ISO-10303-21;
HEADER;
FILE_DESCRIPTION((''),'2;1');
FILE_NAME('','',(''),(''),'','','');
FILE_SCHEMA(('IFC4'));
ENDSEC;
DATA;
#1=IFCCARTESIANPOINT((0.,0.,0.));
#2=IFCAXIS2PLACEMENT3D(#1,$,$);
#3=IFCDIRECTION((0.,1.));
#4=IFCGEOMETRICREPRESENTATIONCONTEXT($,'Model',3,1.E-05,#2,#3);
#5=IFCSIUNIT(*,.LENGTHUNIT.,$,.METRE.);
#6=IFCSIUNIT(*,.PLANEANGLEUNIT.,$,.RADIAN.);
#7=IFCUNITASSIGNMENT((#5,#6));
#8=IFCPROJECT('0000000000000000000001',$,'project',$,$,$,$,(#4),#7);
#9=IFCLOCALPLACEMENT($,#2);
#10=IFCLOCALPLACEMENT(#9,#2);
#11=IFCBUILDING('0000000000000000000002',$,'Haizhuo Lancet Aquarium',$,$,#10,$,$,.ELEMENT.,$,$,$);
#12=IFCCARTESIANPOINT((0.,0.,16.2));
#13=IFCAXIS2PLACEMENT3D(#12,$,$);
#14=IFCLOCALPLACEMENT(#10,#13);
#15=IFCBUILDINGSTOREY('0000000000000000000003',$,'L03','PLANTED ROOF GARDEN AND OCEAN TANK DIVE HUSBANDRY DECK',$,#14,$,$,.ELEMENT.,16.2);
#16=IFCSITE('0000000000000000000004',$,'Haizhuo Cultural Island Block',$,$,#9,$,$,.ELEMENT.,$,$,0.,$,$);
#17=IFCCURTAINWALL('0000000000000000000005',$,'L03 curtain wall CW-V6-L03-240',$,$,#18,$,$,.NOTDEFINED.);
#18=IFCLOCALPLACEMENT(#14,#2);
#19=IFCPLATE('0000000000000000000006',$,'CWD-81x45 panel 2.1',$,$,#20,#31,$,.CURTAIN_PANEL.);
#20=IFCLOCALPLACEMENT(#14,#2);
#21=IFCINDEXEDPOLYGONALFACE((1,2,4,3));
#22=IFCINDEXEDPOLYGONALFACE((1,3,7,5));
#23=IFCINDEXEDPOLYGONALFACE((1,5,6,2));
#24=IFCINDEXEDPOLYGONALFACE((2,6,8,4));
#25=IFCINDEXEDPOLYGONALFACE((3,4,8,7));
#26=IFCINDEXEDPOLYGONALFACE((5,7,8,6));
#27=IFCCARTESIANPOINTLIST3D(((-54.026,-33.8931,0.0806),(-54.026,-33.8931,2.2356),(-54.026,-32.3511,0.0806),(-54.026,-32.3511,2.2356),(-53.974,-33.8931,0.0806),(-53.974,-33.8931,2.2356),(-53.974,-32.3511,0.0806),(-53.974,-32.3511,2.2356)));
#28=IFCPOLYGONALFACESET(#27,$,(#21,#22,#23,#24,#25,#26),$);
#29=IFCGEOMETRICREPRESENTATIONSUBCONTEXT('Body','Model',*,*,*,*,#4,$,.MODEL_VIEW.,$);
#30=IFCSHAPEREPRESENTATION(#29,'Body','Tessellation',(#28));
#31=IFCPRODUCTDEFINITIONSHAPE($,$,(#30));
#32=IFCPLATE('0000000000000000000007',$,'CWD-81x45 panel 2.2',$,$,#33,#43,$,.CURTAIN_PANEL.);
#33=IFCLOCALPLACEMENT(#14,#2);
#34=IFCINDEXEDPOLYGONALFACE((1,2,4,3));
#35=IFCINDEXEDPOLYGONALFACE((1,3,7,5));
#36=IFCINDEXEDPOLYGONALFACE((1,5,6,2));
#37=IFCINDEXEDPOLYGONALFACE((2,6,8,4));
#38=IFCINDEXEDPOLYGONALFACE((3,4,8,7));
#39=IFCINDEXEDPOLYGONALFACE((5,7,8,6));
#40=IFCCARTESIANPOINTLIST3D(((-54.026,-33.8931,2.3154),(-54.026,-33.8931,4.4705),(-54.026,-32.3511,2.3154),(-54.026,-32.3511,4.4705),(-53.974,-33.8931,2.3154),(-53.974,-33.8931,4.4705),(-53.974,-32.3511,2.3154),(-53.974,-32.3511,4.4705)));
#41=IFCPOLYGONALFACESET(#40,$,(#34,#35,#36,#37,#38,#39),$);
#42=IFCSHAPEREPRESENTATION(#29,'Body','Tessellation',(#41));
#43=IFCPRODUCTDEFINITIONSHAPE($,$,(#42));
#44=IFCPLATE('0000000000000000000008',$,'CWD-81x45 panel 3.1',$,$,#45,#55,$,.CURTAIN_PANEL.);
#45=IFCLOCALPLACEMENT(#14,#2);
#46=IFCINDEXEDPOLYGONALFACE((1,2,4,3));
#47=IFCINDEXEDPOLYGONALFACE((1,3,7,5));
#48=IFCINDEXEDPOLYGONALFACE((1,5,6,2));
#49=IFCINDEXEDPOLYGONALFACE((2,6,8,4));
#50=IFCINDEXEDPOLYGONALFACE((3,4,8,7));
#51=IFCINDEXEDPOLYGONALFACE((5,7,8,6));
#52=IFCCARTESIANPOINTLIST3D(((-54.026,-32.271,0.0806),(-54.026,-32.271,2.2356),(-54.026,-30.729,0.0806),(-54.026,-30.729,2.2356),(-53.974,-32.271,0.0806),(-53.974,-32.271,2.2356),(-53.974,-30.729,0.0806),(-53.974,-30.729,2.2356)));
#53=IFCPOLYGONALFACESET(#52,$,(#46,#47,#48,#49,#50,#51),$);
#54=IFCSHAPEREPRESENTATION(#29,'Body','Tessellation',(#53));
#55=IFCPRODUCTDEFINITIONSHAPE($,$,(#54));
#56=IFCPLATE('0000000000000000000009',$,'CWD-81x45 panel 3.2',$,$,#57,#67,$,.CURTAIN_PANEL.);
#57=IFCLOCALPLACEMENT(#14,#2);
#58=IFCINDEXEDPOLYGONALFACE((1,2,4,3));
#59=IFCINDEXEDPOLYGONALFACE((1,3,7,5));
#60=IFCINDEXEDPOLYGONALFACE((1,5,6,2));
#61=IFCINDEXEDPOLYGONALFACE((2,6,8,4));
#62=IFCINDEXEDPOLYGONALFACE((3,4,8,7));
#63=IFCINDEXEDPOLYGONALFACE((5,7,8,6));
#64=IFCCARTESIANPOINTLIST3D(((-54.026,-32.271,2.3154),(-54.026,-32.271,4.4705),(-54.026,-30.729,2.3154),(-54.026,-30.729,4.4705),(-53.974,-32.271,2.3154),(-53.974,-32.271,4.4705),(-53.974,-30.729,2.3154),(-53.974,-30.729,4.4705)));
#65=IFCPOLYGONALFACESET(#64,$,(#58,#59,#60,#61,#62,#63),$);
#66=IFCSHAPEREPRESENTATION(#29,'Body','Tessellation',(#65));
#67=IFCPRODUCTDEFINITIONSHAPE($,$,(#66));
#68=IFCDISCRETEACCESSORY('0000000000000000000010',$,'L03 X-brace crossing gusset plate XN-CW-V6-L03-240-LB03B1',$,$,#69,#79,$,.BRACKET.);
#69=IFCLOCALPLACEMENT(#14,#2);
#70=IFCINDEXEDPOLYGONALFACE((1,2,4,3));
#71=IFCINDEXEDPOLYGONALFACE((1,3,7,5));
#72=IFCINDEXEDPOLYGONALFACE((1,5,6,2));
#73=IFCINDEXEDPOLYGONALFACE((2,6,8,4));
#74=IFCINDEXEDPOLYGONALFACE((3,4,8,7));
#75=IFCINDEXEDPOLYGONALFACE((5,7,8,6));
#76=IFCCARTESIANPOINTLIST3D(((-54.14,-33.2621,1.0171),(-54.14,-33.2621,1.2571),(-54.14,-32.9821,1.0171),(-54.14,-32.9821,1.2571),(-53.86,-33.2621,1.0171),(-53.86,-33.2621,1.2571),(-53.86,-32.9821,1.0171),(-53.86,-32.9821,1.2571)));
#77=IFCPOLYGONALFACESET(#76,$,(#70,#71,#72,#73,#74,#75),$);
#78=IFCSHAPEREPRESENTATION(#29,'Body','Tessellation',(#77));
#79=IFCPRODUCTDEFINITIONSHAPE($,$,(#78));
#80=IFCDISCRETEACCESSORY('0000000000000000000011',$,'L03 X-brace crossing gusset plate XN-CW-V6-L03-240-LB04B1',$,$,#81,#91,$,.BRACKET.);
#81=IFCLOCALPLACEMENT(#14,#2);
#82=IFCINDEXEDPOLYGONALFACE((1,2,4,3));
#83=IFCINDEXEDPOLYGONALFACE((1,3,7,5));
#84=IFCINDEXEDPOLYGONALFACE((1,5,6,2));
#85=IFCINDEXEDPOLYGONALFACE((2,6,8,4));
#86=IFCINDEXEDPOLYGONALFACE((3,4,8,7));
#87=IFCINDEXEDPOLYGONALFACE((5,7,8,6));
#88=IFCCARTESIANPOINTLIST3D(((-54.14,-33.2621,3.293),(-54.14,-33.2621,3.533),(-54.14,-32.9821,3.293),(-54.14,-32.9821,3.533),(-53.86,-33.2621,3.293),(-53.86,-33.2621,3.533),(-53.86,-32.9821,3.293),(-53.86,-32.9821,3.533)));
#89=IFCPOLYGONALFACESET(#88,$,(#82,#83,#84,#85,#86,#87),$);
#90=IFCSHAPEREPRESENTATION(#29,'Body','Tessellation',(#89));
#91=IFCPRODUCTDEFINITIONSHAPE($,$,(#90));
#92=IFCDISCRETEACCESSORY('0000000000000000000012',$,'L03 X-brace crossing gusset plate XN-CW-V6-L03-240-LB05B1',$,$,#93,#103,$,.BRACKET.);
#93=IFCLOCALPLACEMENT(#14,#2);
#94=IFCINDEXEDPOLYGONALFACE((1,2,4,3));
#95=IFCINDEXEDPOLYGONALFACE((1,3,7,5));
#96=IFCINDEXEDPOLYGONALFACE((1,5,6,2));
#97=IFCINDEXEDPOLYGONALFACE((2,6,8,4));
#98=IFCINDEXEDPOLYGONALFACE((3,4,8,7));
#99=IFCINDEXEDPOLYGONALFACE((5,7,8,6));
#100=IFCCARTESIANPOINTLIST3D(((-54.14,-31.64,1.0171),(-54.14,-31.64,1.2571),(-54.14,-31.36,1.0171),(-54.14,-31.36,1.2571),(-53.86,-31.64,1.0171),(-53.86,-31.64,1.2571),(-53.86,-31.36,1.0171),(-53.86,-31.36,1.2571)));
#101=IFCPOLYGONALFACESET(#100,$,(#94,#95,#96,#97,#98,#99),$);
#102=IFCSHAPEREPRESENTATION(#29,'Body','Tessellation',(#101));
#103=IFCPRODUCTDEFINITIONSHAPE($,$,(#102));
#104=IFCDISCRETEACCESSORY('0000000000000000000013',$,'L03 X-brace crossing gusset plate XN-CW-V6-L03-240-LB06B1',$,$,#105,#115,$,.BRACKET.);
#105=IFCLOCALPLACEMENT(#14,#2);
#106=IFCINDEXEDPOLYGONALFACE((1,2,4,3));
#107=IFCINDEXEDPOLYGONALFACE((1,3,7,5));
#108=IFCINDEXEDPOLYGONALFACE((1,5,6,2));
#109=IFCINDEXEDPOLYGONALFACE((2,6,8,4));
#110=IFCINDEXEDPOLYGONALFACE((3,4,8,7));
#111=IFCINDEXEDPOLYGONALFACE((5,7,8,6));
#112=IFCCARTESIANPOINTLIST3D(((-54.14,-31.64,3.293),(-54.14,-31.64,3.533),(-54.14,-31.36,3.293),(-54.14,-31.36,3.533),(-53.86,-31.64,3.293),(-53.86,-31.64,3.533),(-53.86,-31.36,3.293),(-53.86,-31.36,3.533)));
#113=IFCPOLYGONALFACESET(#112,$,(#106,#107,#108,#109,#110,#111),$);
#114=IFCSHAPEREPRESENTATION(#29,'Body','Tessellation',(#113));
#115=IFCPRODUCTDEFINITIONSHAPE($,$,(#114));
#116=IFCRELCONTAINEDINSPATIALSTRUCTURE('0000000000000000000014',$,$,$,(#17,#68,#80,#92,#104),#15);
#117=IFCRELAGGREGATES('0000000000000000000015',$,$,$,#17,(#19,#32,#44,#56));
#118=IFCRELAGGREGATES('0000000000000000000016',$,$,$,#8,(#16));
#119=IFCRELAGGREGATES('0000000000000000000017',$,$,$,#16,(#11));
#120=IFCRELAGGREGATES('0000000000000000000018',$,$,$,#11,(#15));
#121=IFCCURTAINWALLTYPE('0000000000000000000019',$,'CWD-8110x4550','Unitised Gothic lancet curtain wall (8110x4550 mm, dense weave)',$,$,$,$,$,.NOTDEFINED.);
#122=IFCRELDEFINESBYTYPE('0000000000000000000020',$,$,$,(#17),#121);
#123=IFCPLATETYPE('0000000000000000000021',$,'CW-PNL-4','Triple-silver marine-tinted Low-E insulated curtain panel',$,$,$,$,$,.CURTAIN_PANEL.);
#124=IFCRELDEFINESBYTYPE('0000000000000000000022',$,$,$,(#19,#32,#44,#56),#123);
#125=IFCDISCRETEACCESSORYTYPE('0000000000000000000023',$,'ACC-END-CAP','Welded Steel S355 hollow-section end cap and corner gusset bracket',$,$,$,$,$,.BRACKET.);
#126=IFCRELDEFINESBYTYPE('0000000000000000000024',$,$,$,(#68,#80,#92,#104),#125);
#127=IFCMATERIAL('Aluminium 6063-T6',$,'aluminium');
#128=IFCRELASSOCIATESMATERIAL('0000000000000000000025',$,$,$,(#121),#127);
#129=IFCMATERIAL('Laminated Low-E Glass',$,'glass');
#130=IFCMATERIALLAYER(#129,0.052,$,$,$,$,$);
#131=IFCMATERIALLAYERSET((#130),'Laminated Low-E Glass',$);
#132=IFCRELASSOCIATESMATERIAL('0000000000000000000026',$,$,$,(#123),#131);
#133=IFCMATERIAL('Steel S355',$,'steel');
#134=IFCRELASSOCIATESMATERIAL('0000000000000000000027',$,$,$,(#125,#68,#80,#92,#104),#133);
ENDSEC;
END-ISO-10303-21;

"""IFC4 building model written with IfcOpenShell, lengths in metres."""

from ifc_helpers import new_model, si_unit, direction, frame, origin, origin_2d, place, context, subcontext, project, spatial, rectangle, extrude, material, layer, layer_set, type_object, element, aggregate, save


model = new_model("IFC4")

# Units and contexts
model_context = context("Model", 3, precision=1e-05, world=origin(), true_north=direction((0.0, 1.0)))
body_context = subcontext(model_context, "Body", "Model", "MODEL_VIEW")
ifc_project = project(units=[si_unit("LENGTHUNIT", "METRE"), si_unit("PLANEANGLEUNIT", "RADIAN")], contexts=[model_context])

# Site, building, storey
site_placement = place(None, origin())
site = spatial("IfcSite", under=ifc_project, at=site_placement, Name="Haizhuo Cultural Island Block", CompositionType="ELEMENT", RefElevation=0.0)
building_placement = place(site_placement, origin())
building = spatial("IfcBuilding", under=site, at=building_placement, Name="Haizhuo Lancet Aquarium", CompositionType="ELEMENT")
storey_placement = place(building_placement, frame((0.0, 0.0, 16.2)))
storey = spatial("IfcBuildingStorey", under=building, at=storey_placement, Name="L03", Description="PLANTED ROOF GARDEN AND OCEAN TANK DIVE HUSBANDRY DECK", CompositionType="ELEMENT", Elevation=16.2)

# Curtain wall
ifc_material_1 = material(Name="Aluminium 6063-T6", Category="aluminium")
curtain_wall_type = type_object("IfcCurtainWallType", Name="CWD-8110x4550", Description="Unitised Gothic lancet curtain wall (8110x4550 mm, dense weave)", PredefinedType="NOTDEFINED", material=ifc_material_1)
curtain_wall_placement = place(storey_placement, origin())
curtain_wall = element("IfcCurtainWall", 1, at=curtain_wall_placement, inside=storey, type_object=curtain_wall_type, Name="L03 curtain wall CW-V6-L03-240", PredefinedType="NOTDEFINED")

# Shared definitions
ifc_material_2 = material(Name="Steel S355", Category="steel")

# Plates
ifc_material_3 = material(Name="Laminated Low-E Glass", Category="glass")
ifc_layer = layer(ifc_material_3, 0.052)
ifc_layer_set = layer_set([ifc_layer], Name="Laminated Low-E Glass")
plate_type = type_object("IfcPlateType", Name="CW-PNL-4", Description="Triple-silver marine-tinted Low-E insulated curtain panel", PredefinedType="CURTAIN_PANEL", material=ifc_layer_set)
plate_1_placement = place(storey_placement, frame((-54.0, -33.1221, 0.0806), z_axis=(0.0, 0.0, 1.0), x_axis=(0.0, 1.0, 0.0)))
plate_1 = element("IfcPlate", 2, at=plate_1_placement, type_object=plate_type, Name="CWD-81x45 panel 2.1", PredefinedType="CURTAIN_PANEL", context=body_context, shape_type="SweptSolid", body=[
    extrude(rectangle(XDim=1.542, YDim=0.052, at=origin_2d()), origin(), (0.0, 0.0, 1.0), 2.155),
])
plate_2_placement = place(storey_placement, frame((-54.0, -33.1221, 2.3154), z_axis=(0.0, 0.0, 1.0), x_axis=(0.0, 1.0, 0.0)))
plate_2 = element("IfcPlate", 3, at=plate_2_placement, type_object=plate_type, Name="CWD-81x45 panel 2.2", PredefinedType="CURTAIN_PANEL", context=body_context, shape_type="SweptSolid", body=[
    extrude(rectangle(XDim=1.542, YDim=0.052, at=origin_2d()), origin(), (0.0, 0.0, 1.0), 2.155),
])
plate_3_placement = place(storey_placement, frame((-54.0, -31.5, 0.0806), z_axis=(0.0, 0.0, 1.0), x_axis=(0.0, 1.0, 0.0)))
plate_3 = element("IfcPlate", 4, at=plate_3_placement, type_object=plate_type, Name="CWD-81x45 panel 3.1", PredefinedType="CURTAIN_PANEL", context=body_context, shape_type="SweptSolid", body=[
    extrude(rectangle(XDim=1.542, YDim=0.052, at=origin_2d()), origin(), (0.0, 0.0, 1.0), 2.155),
])
plate_4_placement = place(storey_placement, frame((-54.0, -31.5, 2.3154), z_axis=(0.0, 0.0, 1.0), x_axis=(0.0, 1.0, 0.0)))
plate_4 = element("IfcPlate", 5, at=plate_4_placement, type_object=plate_type, Name="CWD-81x45 panel 3.2", PredefinedType="CURTAIN_PANEL", context=body_context, shape_type="SweptSolid", body=[
    extrude(rectangle(XDim=1.542, YDim=0.052, at=origin_2d()), origin(), (0.0, 0.0, 1.0), 2.155),
])
aggregate(curtain_wall, [plate_1, plate_2, plate_3, plate_4])

# Discrete accessories
discrete_accessory_type = type_object("IfcDiscreteAccessoryType", Name="ACC-END-CAP", Description="Welded Steel S355 hollow-section end cap and corner gusset bracket", PredefinedType="BRACKET", material=ifc_material_2)
for number, where, z_axis, x_axis, name in (
    (6, (-54.0, -33.1221, 1.0171), (0.0, 0.0, 1.0), (1.0, 0.0, 0.0), "L03 X-brace crossing gusset plate XN-CW-V6-L03-240-LB03B1"),
    (7, (-54.0, -33.1221, 3.293), (0.0, 0.0, 1.0), (1.0, 0.0, 0.0), "L03 X-brace crossing gusset plate XN-CW-V6-L03-240-LB04B1"),
    (8, (-54.0, -31.5, 1.0171), (0.0, 0.0, 1.0), (1.0, 0.0, 0.0), "L03 X-brace crossing gusset plate XN-CW-V6-L03-240-LB05B1"),
    (9, (-54.0, -31.5, 3.293), (0.0, 0.0, 1.0), (1.0, 0.0, 0.0), "L03 X-brace crossing gusset plate XN-CW-V6-L03-240-LB06B1"),
):
    element("IfcDiscreteAccessory", number, at=place(storey_placement, frame(where, z_axis=z_axis, x_axis=x_axis)), inside=storey, type_object=discrete_accessory_type, material=ifc_material_2, Name=name, PredefinedType="BRACKET", context=body_context, shape_type="SweptSolid", body=[
        extrude(rectangle(XDim=0.28, YDim=0.28, at=origin_2d()), origin(), (0.0, 0.0, 1.0), 0.24),
    ])

save(model, "model.ifc")
